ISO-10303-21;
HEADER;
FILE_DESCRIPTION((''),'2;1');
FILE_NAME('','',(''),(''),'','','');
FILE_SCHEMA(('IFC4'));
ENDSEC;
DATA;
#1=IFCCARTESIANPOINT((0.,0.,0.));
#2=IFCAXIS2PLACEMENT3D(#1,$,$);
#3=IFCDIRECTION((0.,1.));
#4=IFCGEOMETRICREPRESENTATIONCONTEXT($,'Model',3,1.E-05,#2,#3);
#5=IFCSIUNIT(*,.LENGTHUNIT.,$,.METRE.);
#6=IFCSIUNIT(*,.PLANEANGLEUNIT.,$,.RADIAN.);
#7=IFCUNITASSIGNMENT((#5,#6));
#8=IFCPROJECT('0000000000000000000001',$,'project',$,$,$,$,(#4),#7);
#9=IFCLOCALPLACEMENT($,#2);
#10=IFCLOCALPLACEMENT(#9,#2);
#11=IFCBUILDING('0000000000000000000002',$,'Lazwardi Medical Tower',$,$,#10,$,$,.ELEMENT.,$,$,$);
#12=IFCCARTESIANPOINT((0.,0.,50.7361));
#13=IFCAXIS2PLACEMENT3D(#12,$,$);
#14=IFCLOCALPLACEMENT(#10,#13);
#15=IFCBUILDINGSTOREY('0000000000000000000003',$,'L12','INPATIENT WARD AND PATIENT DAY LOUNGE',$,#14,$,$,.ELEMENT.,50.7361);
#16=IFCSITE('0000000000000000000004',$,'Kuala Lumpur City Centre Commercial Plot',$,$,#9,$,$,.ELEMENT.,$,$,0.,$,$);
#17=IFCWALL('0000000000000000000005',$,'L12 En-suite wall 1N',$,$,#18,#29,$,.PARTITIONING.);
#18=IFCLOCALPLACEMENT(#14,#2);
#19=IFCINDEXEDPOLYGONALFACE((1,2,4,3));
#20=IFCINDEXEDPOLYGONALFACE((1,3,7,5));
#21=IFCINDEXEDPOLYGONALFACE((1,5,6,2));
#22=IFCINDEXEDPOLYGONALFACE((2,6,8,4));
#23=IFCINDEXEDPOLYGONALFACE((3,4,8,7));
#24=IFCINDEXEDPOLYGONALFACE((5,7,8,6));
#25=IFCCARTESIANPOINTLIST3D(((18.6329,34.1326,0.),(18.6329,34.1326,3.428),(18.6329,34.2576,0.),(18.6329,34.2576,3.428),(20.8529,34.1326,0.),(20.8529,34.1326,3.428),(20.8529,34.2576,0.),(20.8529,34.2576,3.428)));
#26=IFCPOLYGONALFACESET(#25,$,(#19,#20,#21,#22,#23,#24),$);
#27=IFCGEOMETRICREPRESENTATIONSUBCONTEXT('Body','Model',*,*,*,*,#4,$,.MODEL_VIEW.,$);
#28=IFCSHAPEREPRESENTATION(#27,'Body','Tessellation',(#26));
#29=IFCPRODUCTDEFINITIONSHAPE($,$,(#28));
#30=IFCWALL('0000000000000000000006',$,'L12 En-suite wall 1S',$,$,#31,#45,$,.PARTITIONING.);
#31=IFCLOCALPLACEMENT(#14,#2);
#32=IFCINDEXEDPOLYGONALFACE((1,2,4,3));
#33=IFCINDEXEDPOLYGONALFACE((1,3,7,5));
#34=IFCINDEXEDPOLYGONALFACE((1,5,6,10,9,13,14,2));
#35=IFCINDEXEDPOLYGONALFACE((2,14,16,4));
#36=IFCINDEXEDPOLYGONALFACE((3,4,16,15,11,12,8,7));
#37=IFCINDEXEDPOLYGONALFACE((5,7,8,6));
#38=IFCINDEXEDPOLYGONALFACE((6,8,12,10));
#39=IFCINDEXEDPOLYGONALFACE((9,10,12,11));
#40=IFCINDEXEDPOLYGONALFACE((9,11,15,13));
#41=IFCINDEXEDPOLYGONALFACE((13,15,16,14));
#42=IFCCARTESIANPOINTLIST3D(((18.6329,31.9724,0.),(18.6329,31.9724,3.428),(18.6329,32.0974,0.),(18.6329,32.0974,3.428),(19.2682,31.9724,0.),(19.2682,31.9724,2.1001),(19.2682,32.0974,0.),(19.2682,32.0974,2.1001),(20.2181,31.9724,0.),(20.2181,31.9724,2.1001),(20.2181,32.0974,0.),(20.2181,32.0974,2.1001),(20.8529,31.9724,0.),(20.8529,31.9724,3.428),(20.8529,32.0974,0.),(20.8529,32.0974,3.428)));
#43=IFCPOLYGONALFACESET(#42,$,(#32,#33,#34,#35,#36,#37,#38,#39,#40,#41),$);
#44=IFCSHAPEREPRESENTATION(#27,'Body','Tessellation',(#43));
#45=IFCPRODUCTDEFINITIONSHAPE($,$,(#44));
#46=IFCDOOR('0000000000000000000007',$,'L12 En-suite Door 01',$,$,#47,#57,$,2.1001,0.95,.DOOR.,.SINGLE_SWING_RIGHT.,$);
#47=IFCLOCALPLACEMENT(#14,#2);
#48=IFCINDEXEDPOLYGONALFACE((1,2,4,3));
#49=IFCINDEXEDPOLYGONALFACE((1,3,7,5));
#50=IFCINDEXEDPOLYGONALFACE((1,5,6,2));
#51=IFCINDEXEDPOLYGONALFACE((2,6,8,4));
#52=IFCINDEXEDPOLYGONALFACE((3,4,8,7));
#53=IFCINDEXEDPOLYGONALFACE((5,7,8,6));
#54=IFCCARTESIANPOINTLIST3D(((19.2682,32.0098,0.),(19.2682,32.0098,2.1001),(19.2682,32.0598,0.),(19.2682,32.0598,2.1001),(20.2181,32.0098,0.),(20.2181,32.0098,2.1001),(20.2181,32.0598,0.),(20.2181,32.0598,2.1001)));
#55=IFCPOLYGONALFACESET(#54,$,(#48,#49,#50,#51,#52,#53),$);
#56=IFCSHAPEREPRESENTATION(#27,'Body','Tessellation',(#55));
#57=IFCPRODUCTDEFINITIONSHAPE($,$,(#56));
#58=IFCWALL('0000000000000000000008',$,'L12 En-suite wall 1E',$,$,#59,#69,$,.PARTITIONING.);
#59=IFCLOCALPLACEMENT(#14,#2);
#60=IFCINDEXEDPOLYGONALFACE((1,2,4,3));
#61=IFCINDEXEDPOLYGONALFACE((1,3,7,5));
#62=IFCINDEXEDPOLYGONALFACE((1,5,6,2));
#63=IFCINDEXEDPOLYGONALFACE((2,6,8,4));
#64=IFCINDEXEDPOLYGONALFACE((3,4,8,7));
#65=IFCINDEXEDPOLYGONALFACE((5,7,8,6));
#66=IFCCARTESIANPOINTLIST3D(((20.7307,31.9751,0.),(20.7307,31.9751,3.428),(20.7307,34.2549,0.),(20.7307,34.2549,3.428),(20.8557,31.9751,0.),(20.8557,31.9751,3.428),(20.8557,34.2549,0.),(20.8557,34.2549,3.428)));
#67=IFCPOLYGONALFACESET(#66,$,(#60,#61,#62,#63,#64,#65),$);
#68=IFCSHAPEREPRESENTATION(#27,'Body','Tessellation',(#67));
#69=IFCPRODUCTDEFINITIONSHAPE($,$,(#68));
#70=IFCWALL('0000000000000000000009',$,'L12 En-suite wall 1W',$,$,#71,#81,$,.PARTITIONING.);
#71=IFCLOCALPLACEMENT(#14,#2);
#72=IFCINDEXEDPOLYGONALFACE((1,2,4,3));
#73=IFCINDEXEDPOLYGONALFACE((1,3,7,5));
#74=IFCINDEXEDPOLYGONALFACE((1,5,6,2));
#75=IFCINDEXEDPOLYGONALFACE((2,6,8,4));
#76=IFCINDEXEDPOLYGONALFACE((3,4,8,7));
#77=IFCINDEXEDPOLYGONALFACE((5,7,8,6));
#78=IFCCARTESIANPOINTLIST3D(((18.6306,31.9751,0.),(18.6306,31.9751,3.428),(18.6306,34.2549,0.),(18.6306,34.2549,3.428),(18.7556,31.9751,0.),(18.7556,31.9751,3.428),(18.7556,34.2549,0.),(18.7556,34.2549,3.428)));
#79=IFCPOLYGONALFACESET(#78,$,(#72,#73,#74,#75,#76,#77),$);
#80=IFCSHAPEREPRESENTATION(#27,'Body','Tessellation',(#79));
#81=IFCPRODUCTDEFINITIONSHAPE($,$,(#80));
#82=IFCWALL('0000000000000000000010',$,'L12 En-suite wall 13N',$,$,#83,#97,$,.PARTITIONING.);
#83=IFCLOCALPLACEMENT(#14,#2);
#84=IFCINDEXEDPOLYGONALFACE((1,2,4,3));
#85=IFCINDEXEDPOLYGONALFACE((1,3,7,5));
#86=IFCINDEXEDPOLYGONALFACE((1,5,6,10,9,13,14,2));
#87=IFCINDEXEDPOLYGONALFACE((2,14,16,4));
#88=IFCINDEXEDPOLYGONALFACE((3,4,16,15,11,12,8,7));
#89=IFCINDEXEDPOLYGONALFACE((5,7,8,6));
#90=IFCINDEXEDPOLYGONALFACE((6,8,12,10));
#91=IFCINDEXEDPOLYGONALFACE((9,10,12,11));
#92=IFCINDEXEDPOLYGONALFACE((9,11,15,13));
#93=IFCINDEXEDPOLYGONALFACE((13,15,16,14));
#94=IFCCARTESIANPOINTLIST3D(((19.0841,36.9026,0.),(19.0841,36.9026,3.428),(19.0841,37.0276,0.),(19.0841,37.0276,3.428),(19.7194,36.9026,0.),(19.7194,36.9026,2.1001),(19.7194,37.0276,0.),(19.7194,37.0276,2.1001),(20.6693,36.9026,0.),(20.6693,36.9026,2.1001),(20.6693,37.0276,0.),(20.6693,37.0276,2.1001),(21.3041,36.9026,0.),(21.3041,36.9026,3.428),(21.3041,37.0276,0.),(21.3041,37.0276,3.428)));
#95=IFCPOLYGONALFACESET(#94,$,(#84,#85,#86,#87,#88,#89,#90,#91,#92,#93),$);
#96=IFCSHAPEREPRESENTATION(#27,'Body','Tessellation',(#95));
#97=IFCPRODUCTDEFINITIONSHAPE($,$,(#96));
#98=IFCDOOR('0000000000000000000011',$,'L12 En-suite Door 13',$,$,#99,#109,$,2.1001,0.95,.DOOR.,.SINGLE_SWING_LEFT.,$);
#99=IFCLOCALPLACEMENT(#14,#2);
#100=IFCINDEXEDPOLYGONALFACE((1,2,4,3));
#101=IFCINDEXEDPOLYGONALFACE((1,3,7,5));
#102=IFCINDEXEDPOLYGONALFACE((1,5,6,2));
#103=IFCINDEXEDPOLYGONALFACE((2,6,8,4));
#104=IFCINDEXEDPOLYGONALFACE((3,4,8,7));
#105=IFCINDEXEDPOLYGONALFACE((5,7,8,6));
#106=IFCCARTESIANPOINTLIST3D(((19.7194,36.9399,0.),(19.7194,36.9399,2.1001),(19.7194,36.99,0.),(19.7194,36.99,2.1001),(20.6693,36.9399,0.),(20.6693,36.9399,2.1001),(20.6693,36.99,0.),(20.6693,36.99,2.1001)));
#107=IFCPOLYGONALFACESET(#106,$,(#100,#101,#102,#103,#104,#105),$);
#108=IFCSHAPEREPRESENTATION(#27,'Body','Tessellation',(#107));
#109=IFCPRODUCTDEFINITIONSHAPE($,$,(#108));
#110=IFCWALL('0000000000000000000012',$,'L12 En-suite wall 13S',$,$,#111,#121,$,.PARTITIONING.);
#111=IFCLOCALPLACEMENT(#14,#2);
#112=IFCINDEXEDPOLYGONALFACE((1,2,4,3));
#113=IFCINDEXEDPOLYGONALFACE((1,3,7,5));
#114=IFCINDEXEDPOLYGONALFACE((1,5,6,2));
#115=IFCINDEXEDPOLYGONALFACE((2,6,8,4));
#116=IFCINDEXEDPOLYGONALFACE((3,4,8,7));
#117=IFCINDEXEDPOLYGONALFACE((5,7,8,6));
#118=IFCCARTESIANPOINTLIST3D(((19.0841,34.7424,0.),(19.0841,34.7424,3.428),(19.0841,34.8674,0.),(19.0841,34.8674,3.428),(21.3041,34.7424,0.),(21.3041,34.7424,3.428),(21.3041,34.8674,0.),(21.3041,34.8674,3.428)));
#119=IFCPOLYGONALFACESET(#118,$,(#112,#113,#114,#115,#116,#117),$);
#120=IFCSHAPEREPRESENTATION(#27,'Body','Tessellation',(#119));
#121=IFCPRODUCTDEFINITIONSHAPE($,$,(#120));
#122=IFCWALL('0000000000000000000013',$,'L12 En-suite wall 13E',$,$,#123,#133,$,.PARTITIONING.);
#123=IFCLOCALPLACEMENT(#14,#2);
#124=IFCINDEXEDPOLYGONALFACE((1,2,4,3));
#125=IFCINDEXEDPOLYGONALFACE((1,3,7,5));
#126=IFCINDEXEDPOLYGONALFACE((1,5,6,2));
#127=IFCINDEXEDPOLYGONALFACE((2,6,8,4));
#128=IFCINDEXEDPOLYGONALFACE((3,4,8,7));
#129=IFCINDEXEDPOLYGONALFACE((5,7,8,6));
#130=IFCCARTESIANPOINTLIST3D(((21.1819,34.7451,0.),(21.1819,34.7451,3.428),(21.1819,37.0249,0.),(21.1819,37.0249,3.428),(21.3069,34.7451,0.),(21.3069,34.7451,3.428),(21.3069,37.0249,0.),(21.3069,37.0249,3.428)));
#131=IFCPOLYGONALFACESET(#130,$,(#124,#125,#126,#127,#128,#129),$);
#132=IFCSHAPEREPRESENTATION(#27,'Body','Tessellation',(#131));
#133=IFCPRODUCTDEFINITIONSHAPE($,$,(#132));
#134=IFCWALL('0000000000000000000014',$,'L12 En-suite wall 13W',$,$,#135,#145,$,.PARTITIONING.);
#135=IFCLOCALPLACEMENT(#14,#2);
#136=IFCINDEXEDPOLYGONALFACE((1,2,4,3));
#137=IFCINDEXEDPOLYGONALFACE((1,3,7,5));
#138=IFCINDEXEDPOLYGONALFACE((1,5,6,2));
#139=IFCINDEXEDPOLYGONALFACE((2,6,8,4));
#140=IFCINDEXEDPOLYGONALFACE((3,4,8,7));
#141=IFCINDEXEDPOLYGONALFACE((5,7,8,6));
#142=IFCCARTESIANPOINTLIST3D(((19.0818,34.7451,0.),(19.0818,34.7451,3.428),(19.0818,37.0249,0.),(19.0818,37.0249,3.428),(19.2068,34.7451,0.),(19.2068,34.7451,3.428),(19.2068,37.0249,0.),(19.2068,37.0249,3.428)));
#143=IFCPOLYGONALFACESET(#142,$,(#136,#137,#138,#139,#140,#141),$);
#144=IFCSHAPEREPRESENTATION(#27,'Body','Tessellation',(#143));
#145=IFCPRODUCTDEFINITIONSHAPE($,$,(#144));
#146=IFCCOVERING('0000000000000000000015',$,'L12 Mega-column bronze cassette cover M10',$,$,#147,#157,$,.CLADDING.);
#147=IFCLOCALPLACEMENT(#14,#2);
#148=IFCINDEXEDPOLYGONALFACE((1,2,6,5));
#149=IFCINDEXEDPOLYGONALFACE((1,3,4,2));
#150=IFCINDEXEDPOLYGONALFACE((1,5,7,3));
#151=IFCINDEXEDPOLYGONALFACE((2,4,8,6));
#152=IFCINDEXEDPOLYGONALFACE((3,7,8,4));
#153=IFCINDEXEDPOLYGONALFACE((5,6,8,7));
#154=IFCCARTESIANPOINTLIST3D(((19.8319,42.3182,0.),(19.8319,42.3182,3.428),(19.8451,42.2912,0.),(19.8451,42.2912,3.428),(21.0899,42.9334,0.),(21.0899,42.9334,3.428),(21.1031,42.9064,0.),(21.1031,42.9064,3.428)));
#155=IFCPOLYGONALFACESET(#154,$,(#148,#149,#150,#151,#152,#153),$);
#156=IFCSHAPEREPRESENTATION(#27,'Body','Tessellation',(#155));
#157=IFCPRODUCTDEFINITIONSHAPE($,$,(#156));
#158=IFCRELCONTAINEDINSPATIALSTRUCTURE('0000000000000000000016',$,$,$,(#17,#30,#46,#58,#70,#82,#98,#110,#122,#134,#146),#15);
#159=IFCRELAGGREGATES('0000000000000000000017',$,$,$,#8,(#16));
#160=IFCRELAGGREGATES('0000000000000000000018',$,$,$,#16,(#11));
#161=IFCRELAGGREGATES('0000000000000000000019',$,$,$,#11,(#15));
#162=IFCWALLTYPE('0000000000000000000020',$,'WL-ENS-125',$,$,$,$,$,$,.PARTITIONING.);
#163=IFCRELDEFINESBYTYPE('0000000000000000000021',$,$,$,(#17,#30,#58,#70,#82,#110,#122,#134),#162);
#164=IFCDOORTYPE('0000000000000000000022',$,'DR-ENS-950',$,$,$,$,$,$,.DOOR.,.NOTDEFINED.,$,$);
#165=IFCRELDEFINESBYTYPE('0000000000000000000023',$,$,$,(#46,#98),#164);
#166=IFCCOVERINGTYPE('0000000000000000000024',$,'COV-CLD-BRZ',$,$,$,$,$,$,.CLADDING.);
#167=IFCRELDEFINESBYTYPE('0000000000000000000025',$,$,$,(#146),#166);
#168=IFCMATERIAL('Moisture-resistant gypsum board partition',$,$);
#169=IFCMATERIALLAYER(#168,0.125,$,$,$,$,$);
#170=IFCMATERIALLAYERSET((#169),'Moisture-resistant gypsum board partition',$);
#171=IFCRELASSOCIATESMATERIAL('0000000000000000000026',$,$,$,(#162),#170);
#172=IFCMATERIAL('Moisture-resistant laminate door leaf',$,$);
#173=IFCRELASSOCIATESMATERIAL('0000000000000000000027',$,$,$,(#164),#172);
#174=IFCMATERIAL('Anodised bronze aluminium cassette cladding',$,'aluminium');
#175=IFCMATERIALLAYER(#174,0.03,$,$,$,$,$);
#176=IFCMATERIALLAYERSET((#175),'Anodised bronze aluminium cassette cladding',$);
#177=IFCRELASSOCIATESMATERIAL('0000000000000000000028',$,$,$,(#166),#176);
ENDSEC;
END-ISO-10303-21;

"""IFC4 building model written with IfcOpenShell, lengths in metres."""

from ifc_helpers import new_model, si_unit, direction, frame, frame_2d, origin, origin_2d, place, context, subcontext, project, spatial, rectangle, extrude, material, layer, layer_set, type_object, element, fill, save


model = new_model("IFC4")

# Units and contexts
model_context = context("Model", 3, precision=1e-05, world=origin(), true_north=direction((0.0, 1.0)))
body_context = subcontext(model_context, "Body", "Model", "MODEL_VIEW")
ifc_project = project(units=[si_unit("LENGTHUNIT", "METRE"), si_unit("PLANEANGLEUNIT", "RADIAN")], contexts=[model_context])

# Site, building, storey
site_placement = place(None, origin())
site = spatial("IfcSite", under=ifc_project, at=site_placement, Name="Kuala Lumpur City Centre Commercial Plot", CompositionType="ELEMENT", RefElevation=0.0)
building_placement = place(site_placement, origin())
building = spatial("IfcBuilding", under=site, at=building_placement, Name="Lazwardi Medical Tower", CompositionType="ELEMENT")
storey_placement = place(building_placement, frame((0.0, 0.0, 50.7361)))
storey = spatial("IfcBuildingStorey", under=building, at=storey_placement, Name="L12", Description="INPATIENT WARD AND PATIENT DAY LOUNGE", CompositionType="ELEMENT", Elevation=50.7361)

# Wall
ifc_material_1 = material(Name="Moisture-resistant gypsum board partition")
ifc_layer_1 = layer(ifc_material_1, 0.125)
ifc_layer_set_1 = layer_set([ifc_layer_1], Name="Moisture-resistant gypsum board partition")
wall_type = type_object("IfcWallType", Name="WL-ENS-125", PredefinedType="PARTITIONING", material=ifc_layer_set_1)
wall_1_placement = place(storey_placement, frame((18.6331, 34.1951, 0.0), z_axis=(0.0, 0.0, 1.0), x_axis=(1.0, 0.0, 0.0)))
element("IfcWall", 1, at=wall_1_placement, inside=storey, type_object=wall_type, Name="L12 En-suite wall 1N", PredefinedType="PARTITIONING", context=body_context, shape_type="SweptSolid", body=[
    extrude(rectangle(XDim=2.22, YDim=0.125, at=frame_2d((1.1099, 0.0))), origin(), (0.0, 0.0, 1.0), 3.428),
])

# Wall, opening, door
wall_2_placement = place(storey_placement, frame((18.6331, 32.0349, 0.0), z_axis=(0.0, 0.0, 1.0), x_axis=(1.0, 0.0, 0.0)))
wall_2 = element("IfcWall", 2, at=wall_2_placement, inside=storey, type_object=wall_type, Name="L12 En-suite wall 1S", PredefinedType="PARTITIONING", context=body_context, shape_type="SweptSolid", body=[
    extrude(rectangle(XDim=2.22, YDim=0.125, at=frame_2d((1.1099, 0.0))), origin(), (0.0, 0.0, 1.0), 3.428),
])
opening_1_placement = place(wall_2_placement, frame((0.635, 0.0, 0.0)))
opening_1 = element("IfcOpeningElement", 3, at=opening_1_placement, cuts=wall_2, PredefinedType="OPENING", context=body_context, shape_type="SweptSolid", body=[
    extrude(rectangle(XDim=0.95, YDim=2.1001, at=frame_2d((0.4751, 1.05))), frame((0.0, 0.0725, 0.0), z_axis=(0.0, -1.0, 0.0), x_axis=(1.0, 0.0, 0.0)), (0.0, 0.0, 1.0), 0.145),
])
ifc_material_2 = material(Name="Moisture-resistant laminate door leaf")
door_type = type_object("IfcDoorType", Name="DR-ENS-950", OperationType="NOTDEFINED", PredefinedType="DOOR", material=ifc_material_2)
door_1_placement = place(opening_1_placement, origin())
door_1 = element("IfcDoor", 4, at=door_1_placement, inside=storey, type_object=door_type, Name="L12 En-suite Door 01", OperationType="SINGLE_SWING_RIGHT", OverallHeight=2.1001, OverallWidth=0.95, PredefinedType="DOOR", context=body_context, shape_type="SweptSolid", body=[
    extrude(rectangle(XDim=0.95, YDim=2.1001, at=frame_2d((0.4751, 1.05))), frame((0.0, 0.0249, 0.0), z_axis=(0.0, -1.0, 0.0), x_axis=(1.0, 0.0, 0.0)), (0.0, 0.0, 1.0), 0.05),
])
fill(opening_1, door_1)

# Walls
for number, where, z_axis, x_axis, name in (
    (5, (20.7932, 31.9751, 0.0), (0.0, 0.0, 1.0), (0.0, 1.0, 0.0), "L12 En-suite wall 1E"),
    (6, (18.6931, 31.9751, 0.0), (0.0, 0.0, 1.0), (0.0, 1.0, 0.0), "L12 En-suite wall 1W"),
):
    element("IfcWall", number, at=place(storey_placement, frame(where, z_axis=z_axis, x_axis=x_axis)), inside=storey, type_object=wall_type, Name=name, PredefinedType="PARTITIONING", context=body_context, shape_type="SweptSolid", body=[
        extrude(rectangle(XDim=2.2798, YDim=0.125, at=frame_2d((1.1399, 0.0))), origin(), (0.0, 0.0, 1.0), 3.428),
    ])

# Wall, opening, door
wall_3_placement = place(storey_placement, frame((19.0842, 36.9651, 0.0), z_axis=(0.0, 0.0, 1.0), x_axis=(1.0, 0.0, 0.0)))
wall_3 = element("IfcWall", 7, at=wall_3_placement, inside=storey, type_object=wall_type, Name="L12 En-suite wall 13N", PredefinedType="PARTITIONING", context=body_context, shape_type="SweptSolid", body=[
    extrude(rectangle(XDim=2.22, YDim=0.125, at=frame_2d((1.1099, 0.0))), origin(), (0.0, 0.0, 1.0), 3.428),
])
opening_2_placement = place(wall_3_placement, frame((0.635, 0.0, 0.0)))
opening_2 = element("IfcOpeningElement", 8, at=opening_2_placement, cuts=wall_3, PredefinedType="OPENING", context=body_context, shape_type="SweptSolid", body=[
    extrude(rectangle(XDim=0.95, YDim=2.1001, at=frame_2d((0.4751, 1.05))), frame((0.0, 0.0725, 0.0), z_axis=(0.0, -1.0, 0.0), x_axis=(1.0, 0.0, 0.0)), (0.0, 0.0, 1.0), 0.145),
])
door_2_placement = place(opening_2_placement, origin())
door_2 = element("IfcDoor", 9, at=door_2_placement, inside=storey, type_object=door_type, Name="L12 En-suite Door 13", OperationType="SINGLE_SWING_LEFT", OverallHeight=2.1001, OverallWidth=0.95, PredefinedType="DOOR", context=body_context, shape_type="SweptSolid", body=[
    extrude(rectangle(XDim=0.95, YDim=2.1001, at=frame_2d((0.4751, 1.05))), frame((0.0, 0.0249, 0.0), z_axis=(0.0, -1.0, 0.0), x_axis=(1.0, 0.0, 0.0)), (0.0, 0.0, 1.0), 0.05),
])
fill(opening_2, door_2)

# Walls
wall_4_placement = place(storey_placement, frame((19.0842, 34.8049, 0.0), z_axis=(0.0, 0.0, 1.0), x_axis=(1.0, 0.0, 0.0)))
element("IfcWall", 10, at=wall_4_placement, inside=storey, type_object=wall_type, Name="L12 En-suite wall 13S", PredefinedType="PARTITIONING", context=body_context, shape_type="SweptSolid", body=[
    extrude(rectangle(XDim=2.22, YDim=0.125, at=frame_2d((1.1099, 0.0))), origin(), (0.0, 0.0, 1.0), 3.428),
])
for number, where, z_axis, x_axis, name in (
    (11, (21.2444, 34.7451, 0.0), (0.0, 0.0, 1.0), (0.0, 1.0, 0.0), "L12 En-suite wall 13E"),
    (12, (19.1443, 34.7451, 0.0), (0.0, 0.0, 1.0), (0.0, 1.0, 0.0), "L12 En-suite wall 13W"),
):
    element("IfcWall", number, at=place(storey_placement, frame(where, z_axis=z_axis, x_axis=x_axis)), inside=storey, type_object=wall_type, Name=name, PredefinedType="PARTITIONING", context=body_context, shape_type="SweptSolid", body=[
        extrude(rectangle(XDim=2.2798, YDim=0.125, at=frame_2d((1.1399, 0.0))), origin(), (0.0, 0.0, 1.0), 3.428),
    ])

# Covering
ifc_material_3 = material(Name="Anodised bronze aluminium cassette cladding", Category="aluminium")
ifc_layer_2 = layer(ifc_material_3, 0.03)
ifc_layer_set_2 = layer_set([ifc_layer_2], Name="Anodised bronze aluminium cassette cladding")
covering_type = type_object("IfcCoveringType", Name="COV-CLD-BRZ", PredefinedType="CLADDING", material=ifc_layer_set_2)
covering_placement = place(storey_placement, frame((20.4675, 42.6123, 0.0), z_axis=(0.0, 0.0, 1.0), x_axis=(-0.898334, -0.439312, 0.0)))
element("IfcCovering", 13, at=covering_placement, inside=storey, type_object=covering_type, Name="L12 Mega-column bronze cassette cover M10", PredefinedType="CLADDING", context=body_context, shape_type="SweptSolid", body=[
    extrude(rectangle(XDim=1.4004, YDim=0.03, at=origin_2d()), origin(), (0.0, 0.0, 1.0), 3.428),
])

save(model, "model.ifc")
